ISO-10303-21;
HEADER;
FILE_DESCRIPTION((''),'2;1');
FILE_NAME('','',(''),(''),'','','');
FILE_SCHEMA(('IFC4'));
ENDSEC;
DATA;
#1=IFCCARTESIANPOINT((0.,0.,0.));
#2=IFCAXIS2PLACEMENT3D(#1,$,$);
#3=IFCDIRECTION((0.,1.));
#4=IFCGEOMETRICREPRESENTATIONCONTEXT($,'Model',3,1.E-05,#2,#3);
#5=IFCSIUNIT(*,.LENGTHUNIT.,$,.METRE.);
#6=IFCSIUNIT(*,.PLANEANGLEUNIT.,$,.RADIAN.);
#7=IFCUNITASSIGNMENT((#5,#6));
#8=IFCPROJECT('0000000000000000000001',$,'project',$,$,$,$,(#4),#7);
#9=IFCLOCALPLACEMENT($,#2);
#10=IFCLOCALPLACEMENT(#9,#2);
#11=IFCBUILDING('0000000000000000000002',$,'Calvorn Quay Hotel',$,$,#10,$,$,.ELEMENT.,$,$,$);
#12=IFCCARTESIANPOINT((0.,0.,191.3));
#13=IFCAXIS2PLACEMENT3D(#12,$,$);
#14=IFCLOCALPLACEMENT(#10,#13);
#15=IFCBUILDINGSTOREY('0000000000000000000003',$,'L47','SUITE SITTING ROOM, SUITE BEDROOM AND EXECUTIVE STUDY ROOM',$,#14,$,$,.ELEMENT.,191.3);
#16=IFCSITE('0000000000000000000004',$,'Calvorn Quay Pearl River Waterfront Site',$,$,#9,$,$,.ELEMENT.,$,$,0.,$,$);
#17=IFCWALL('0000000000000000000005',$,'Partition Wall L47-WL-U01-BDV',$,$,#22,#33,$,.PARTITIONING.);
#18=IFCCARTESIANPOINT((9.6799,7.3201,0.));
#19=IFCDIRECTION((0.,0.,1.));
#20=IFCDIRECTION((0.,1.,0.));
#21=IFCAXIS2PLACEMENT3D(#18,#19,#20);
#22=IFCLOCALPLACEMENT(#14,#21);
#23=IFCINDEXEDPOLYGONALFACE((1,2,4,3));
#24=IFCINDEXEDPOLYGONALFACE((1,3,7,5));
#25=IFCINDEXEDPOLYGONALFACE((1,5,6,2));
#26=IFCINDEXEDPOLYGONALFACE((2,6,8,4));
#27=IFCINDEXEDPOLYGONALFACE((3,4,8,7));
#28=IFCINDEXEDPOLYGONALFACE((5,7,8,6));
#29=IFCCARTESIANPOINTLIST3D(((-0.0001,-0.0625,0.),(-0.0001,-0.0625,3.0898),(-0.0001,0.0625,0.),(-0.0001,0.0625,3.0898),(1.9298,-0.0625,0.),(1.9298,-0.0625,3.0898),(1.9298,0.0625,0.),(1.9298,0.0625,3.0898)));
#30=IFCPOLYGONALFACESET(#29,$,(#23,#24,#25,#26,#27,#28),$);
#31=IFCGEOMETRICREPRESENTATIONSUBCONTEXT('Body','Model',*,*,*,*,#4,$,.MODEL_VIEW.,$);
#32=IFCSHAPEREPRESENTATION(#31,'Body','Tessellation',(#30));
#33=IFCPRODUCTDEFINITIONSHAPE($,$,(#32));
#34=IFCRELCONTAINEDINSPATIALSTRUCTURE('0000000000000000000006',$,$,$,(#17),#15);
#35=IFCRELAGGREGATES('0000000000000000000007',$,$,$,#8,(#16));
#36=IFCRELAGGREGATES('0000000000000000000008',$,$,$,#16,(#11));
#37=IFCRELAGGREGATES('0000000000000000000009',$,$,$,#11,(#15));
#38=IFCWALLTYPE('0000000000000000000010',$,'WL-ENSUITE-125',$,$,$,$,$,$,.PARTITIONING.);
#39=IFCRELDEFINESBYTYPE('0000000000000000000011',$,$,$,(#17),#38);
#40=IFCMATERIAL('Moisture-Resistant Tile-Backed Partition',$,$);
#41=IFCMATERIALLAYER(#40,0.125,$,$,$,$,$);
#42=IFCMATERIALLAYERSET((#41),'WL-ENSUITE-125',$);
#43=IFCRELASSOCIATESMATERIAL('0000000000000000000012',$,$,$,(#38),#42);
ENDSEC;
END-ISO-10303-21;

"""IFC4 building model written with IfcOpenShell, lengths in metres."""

from ifc_helpers import new_model, si_unit, direction, frame, frame_2d, origin, place, context, subcontext, project, spatial, rectangle, extrude, material, layer, layer_set, type_object, element, save


model = new_model("IFC4")

# Units and contexts
model_context = context("Model", 3, precision=1e-05, world=origin(), true_north=direction((0.0, 1.0)))
body_context = subcontext(model_context, "Body", "Model", "MODEL_VIEW")
ifc_project = project(units=[si_unit("LENGTHUNIT", "METRE"), si_unit("PLANEANGLEUNIT", "RADIAN")], contexts=[model_context])

# Site, building, storey
site_placement = place(None, origin())
site = spatial("IfcSite", under=ifc_project, at=site_placement, Name="Calvorn Quay Pearl River Waterfront Site", CompositionType="ELEMENT", RefElevation=0.0)
building_placement = place(site_placement, origin())
building = spatial("IfcBuilding", under=site, at=building_placement, Name="Calvorn Quay Hotel", CompositionType="ELEMENT")
storey_placement = place(building_placement, frame((0.0, 0.0, 191.3)))
storey = spatial("IfcBuildingStorey", under=building, at=storey_placement, Name="L47", Description="SUITE SITTING ROOM, SUITE BEDROOM AND EXECUTIVE STUDY ROOM", CompositionType="ELEMENT", Elevation=191.3)

# Wall
ifc_material_1 = material(Name="Moisture-Resistant Tile-Backed Partition")
ifc_layer_1 = layer(ifc_material_1, 0.125)
ifc_layer_set_1 = layer_set([ifc_layer_1], Name="WL-ENSUITE-125")
wall_type_1 = type_object("IfcWallType", Name="WL-ENSUITE-125", PredefinedType="PARTITIONING", material=ifc_layer_set_1)
wall_1_placement = place(storey_placement, frame((9.6799, 7.3201, 0.0), z_axis=(0.0, 0.0, 1.0), x_axis=(0.0, 1.0, 0.0)))
element("IfcWall", 1, at=wall_1_placement, inside=storey, type_object=wall_type_1, Name="Partition Wall L47-WL-U01-BDV", PredefinedType="PARTITIONING", context=body_context, shape_type="SweptSolid", body=[
    extrude(rectangle(XDim=1.9299, YDim=0.125, at=frame_2d((0.9648, 0.0))), origin(), (0.0, 0.0, 1.0), 3.0898),
])

save(model, "model.ifc")
